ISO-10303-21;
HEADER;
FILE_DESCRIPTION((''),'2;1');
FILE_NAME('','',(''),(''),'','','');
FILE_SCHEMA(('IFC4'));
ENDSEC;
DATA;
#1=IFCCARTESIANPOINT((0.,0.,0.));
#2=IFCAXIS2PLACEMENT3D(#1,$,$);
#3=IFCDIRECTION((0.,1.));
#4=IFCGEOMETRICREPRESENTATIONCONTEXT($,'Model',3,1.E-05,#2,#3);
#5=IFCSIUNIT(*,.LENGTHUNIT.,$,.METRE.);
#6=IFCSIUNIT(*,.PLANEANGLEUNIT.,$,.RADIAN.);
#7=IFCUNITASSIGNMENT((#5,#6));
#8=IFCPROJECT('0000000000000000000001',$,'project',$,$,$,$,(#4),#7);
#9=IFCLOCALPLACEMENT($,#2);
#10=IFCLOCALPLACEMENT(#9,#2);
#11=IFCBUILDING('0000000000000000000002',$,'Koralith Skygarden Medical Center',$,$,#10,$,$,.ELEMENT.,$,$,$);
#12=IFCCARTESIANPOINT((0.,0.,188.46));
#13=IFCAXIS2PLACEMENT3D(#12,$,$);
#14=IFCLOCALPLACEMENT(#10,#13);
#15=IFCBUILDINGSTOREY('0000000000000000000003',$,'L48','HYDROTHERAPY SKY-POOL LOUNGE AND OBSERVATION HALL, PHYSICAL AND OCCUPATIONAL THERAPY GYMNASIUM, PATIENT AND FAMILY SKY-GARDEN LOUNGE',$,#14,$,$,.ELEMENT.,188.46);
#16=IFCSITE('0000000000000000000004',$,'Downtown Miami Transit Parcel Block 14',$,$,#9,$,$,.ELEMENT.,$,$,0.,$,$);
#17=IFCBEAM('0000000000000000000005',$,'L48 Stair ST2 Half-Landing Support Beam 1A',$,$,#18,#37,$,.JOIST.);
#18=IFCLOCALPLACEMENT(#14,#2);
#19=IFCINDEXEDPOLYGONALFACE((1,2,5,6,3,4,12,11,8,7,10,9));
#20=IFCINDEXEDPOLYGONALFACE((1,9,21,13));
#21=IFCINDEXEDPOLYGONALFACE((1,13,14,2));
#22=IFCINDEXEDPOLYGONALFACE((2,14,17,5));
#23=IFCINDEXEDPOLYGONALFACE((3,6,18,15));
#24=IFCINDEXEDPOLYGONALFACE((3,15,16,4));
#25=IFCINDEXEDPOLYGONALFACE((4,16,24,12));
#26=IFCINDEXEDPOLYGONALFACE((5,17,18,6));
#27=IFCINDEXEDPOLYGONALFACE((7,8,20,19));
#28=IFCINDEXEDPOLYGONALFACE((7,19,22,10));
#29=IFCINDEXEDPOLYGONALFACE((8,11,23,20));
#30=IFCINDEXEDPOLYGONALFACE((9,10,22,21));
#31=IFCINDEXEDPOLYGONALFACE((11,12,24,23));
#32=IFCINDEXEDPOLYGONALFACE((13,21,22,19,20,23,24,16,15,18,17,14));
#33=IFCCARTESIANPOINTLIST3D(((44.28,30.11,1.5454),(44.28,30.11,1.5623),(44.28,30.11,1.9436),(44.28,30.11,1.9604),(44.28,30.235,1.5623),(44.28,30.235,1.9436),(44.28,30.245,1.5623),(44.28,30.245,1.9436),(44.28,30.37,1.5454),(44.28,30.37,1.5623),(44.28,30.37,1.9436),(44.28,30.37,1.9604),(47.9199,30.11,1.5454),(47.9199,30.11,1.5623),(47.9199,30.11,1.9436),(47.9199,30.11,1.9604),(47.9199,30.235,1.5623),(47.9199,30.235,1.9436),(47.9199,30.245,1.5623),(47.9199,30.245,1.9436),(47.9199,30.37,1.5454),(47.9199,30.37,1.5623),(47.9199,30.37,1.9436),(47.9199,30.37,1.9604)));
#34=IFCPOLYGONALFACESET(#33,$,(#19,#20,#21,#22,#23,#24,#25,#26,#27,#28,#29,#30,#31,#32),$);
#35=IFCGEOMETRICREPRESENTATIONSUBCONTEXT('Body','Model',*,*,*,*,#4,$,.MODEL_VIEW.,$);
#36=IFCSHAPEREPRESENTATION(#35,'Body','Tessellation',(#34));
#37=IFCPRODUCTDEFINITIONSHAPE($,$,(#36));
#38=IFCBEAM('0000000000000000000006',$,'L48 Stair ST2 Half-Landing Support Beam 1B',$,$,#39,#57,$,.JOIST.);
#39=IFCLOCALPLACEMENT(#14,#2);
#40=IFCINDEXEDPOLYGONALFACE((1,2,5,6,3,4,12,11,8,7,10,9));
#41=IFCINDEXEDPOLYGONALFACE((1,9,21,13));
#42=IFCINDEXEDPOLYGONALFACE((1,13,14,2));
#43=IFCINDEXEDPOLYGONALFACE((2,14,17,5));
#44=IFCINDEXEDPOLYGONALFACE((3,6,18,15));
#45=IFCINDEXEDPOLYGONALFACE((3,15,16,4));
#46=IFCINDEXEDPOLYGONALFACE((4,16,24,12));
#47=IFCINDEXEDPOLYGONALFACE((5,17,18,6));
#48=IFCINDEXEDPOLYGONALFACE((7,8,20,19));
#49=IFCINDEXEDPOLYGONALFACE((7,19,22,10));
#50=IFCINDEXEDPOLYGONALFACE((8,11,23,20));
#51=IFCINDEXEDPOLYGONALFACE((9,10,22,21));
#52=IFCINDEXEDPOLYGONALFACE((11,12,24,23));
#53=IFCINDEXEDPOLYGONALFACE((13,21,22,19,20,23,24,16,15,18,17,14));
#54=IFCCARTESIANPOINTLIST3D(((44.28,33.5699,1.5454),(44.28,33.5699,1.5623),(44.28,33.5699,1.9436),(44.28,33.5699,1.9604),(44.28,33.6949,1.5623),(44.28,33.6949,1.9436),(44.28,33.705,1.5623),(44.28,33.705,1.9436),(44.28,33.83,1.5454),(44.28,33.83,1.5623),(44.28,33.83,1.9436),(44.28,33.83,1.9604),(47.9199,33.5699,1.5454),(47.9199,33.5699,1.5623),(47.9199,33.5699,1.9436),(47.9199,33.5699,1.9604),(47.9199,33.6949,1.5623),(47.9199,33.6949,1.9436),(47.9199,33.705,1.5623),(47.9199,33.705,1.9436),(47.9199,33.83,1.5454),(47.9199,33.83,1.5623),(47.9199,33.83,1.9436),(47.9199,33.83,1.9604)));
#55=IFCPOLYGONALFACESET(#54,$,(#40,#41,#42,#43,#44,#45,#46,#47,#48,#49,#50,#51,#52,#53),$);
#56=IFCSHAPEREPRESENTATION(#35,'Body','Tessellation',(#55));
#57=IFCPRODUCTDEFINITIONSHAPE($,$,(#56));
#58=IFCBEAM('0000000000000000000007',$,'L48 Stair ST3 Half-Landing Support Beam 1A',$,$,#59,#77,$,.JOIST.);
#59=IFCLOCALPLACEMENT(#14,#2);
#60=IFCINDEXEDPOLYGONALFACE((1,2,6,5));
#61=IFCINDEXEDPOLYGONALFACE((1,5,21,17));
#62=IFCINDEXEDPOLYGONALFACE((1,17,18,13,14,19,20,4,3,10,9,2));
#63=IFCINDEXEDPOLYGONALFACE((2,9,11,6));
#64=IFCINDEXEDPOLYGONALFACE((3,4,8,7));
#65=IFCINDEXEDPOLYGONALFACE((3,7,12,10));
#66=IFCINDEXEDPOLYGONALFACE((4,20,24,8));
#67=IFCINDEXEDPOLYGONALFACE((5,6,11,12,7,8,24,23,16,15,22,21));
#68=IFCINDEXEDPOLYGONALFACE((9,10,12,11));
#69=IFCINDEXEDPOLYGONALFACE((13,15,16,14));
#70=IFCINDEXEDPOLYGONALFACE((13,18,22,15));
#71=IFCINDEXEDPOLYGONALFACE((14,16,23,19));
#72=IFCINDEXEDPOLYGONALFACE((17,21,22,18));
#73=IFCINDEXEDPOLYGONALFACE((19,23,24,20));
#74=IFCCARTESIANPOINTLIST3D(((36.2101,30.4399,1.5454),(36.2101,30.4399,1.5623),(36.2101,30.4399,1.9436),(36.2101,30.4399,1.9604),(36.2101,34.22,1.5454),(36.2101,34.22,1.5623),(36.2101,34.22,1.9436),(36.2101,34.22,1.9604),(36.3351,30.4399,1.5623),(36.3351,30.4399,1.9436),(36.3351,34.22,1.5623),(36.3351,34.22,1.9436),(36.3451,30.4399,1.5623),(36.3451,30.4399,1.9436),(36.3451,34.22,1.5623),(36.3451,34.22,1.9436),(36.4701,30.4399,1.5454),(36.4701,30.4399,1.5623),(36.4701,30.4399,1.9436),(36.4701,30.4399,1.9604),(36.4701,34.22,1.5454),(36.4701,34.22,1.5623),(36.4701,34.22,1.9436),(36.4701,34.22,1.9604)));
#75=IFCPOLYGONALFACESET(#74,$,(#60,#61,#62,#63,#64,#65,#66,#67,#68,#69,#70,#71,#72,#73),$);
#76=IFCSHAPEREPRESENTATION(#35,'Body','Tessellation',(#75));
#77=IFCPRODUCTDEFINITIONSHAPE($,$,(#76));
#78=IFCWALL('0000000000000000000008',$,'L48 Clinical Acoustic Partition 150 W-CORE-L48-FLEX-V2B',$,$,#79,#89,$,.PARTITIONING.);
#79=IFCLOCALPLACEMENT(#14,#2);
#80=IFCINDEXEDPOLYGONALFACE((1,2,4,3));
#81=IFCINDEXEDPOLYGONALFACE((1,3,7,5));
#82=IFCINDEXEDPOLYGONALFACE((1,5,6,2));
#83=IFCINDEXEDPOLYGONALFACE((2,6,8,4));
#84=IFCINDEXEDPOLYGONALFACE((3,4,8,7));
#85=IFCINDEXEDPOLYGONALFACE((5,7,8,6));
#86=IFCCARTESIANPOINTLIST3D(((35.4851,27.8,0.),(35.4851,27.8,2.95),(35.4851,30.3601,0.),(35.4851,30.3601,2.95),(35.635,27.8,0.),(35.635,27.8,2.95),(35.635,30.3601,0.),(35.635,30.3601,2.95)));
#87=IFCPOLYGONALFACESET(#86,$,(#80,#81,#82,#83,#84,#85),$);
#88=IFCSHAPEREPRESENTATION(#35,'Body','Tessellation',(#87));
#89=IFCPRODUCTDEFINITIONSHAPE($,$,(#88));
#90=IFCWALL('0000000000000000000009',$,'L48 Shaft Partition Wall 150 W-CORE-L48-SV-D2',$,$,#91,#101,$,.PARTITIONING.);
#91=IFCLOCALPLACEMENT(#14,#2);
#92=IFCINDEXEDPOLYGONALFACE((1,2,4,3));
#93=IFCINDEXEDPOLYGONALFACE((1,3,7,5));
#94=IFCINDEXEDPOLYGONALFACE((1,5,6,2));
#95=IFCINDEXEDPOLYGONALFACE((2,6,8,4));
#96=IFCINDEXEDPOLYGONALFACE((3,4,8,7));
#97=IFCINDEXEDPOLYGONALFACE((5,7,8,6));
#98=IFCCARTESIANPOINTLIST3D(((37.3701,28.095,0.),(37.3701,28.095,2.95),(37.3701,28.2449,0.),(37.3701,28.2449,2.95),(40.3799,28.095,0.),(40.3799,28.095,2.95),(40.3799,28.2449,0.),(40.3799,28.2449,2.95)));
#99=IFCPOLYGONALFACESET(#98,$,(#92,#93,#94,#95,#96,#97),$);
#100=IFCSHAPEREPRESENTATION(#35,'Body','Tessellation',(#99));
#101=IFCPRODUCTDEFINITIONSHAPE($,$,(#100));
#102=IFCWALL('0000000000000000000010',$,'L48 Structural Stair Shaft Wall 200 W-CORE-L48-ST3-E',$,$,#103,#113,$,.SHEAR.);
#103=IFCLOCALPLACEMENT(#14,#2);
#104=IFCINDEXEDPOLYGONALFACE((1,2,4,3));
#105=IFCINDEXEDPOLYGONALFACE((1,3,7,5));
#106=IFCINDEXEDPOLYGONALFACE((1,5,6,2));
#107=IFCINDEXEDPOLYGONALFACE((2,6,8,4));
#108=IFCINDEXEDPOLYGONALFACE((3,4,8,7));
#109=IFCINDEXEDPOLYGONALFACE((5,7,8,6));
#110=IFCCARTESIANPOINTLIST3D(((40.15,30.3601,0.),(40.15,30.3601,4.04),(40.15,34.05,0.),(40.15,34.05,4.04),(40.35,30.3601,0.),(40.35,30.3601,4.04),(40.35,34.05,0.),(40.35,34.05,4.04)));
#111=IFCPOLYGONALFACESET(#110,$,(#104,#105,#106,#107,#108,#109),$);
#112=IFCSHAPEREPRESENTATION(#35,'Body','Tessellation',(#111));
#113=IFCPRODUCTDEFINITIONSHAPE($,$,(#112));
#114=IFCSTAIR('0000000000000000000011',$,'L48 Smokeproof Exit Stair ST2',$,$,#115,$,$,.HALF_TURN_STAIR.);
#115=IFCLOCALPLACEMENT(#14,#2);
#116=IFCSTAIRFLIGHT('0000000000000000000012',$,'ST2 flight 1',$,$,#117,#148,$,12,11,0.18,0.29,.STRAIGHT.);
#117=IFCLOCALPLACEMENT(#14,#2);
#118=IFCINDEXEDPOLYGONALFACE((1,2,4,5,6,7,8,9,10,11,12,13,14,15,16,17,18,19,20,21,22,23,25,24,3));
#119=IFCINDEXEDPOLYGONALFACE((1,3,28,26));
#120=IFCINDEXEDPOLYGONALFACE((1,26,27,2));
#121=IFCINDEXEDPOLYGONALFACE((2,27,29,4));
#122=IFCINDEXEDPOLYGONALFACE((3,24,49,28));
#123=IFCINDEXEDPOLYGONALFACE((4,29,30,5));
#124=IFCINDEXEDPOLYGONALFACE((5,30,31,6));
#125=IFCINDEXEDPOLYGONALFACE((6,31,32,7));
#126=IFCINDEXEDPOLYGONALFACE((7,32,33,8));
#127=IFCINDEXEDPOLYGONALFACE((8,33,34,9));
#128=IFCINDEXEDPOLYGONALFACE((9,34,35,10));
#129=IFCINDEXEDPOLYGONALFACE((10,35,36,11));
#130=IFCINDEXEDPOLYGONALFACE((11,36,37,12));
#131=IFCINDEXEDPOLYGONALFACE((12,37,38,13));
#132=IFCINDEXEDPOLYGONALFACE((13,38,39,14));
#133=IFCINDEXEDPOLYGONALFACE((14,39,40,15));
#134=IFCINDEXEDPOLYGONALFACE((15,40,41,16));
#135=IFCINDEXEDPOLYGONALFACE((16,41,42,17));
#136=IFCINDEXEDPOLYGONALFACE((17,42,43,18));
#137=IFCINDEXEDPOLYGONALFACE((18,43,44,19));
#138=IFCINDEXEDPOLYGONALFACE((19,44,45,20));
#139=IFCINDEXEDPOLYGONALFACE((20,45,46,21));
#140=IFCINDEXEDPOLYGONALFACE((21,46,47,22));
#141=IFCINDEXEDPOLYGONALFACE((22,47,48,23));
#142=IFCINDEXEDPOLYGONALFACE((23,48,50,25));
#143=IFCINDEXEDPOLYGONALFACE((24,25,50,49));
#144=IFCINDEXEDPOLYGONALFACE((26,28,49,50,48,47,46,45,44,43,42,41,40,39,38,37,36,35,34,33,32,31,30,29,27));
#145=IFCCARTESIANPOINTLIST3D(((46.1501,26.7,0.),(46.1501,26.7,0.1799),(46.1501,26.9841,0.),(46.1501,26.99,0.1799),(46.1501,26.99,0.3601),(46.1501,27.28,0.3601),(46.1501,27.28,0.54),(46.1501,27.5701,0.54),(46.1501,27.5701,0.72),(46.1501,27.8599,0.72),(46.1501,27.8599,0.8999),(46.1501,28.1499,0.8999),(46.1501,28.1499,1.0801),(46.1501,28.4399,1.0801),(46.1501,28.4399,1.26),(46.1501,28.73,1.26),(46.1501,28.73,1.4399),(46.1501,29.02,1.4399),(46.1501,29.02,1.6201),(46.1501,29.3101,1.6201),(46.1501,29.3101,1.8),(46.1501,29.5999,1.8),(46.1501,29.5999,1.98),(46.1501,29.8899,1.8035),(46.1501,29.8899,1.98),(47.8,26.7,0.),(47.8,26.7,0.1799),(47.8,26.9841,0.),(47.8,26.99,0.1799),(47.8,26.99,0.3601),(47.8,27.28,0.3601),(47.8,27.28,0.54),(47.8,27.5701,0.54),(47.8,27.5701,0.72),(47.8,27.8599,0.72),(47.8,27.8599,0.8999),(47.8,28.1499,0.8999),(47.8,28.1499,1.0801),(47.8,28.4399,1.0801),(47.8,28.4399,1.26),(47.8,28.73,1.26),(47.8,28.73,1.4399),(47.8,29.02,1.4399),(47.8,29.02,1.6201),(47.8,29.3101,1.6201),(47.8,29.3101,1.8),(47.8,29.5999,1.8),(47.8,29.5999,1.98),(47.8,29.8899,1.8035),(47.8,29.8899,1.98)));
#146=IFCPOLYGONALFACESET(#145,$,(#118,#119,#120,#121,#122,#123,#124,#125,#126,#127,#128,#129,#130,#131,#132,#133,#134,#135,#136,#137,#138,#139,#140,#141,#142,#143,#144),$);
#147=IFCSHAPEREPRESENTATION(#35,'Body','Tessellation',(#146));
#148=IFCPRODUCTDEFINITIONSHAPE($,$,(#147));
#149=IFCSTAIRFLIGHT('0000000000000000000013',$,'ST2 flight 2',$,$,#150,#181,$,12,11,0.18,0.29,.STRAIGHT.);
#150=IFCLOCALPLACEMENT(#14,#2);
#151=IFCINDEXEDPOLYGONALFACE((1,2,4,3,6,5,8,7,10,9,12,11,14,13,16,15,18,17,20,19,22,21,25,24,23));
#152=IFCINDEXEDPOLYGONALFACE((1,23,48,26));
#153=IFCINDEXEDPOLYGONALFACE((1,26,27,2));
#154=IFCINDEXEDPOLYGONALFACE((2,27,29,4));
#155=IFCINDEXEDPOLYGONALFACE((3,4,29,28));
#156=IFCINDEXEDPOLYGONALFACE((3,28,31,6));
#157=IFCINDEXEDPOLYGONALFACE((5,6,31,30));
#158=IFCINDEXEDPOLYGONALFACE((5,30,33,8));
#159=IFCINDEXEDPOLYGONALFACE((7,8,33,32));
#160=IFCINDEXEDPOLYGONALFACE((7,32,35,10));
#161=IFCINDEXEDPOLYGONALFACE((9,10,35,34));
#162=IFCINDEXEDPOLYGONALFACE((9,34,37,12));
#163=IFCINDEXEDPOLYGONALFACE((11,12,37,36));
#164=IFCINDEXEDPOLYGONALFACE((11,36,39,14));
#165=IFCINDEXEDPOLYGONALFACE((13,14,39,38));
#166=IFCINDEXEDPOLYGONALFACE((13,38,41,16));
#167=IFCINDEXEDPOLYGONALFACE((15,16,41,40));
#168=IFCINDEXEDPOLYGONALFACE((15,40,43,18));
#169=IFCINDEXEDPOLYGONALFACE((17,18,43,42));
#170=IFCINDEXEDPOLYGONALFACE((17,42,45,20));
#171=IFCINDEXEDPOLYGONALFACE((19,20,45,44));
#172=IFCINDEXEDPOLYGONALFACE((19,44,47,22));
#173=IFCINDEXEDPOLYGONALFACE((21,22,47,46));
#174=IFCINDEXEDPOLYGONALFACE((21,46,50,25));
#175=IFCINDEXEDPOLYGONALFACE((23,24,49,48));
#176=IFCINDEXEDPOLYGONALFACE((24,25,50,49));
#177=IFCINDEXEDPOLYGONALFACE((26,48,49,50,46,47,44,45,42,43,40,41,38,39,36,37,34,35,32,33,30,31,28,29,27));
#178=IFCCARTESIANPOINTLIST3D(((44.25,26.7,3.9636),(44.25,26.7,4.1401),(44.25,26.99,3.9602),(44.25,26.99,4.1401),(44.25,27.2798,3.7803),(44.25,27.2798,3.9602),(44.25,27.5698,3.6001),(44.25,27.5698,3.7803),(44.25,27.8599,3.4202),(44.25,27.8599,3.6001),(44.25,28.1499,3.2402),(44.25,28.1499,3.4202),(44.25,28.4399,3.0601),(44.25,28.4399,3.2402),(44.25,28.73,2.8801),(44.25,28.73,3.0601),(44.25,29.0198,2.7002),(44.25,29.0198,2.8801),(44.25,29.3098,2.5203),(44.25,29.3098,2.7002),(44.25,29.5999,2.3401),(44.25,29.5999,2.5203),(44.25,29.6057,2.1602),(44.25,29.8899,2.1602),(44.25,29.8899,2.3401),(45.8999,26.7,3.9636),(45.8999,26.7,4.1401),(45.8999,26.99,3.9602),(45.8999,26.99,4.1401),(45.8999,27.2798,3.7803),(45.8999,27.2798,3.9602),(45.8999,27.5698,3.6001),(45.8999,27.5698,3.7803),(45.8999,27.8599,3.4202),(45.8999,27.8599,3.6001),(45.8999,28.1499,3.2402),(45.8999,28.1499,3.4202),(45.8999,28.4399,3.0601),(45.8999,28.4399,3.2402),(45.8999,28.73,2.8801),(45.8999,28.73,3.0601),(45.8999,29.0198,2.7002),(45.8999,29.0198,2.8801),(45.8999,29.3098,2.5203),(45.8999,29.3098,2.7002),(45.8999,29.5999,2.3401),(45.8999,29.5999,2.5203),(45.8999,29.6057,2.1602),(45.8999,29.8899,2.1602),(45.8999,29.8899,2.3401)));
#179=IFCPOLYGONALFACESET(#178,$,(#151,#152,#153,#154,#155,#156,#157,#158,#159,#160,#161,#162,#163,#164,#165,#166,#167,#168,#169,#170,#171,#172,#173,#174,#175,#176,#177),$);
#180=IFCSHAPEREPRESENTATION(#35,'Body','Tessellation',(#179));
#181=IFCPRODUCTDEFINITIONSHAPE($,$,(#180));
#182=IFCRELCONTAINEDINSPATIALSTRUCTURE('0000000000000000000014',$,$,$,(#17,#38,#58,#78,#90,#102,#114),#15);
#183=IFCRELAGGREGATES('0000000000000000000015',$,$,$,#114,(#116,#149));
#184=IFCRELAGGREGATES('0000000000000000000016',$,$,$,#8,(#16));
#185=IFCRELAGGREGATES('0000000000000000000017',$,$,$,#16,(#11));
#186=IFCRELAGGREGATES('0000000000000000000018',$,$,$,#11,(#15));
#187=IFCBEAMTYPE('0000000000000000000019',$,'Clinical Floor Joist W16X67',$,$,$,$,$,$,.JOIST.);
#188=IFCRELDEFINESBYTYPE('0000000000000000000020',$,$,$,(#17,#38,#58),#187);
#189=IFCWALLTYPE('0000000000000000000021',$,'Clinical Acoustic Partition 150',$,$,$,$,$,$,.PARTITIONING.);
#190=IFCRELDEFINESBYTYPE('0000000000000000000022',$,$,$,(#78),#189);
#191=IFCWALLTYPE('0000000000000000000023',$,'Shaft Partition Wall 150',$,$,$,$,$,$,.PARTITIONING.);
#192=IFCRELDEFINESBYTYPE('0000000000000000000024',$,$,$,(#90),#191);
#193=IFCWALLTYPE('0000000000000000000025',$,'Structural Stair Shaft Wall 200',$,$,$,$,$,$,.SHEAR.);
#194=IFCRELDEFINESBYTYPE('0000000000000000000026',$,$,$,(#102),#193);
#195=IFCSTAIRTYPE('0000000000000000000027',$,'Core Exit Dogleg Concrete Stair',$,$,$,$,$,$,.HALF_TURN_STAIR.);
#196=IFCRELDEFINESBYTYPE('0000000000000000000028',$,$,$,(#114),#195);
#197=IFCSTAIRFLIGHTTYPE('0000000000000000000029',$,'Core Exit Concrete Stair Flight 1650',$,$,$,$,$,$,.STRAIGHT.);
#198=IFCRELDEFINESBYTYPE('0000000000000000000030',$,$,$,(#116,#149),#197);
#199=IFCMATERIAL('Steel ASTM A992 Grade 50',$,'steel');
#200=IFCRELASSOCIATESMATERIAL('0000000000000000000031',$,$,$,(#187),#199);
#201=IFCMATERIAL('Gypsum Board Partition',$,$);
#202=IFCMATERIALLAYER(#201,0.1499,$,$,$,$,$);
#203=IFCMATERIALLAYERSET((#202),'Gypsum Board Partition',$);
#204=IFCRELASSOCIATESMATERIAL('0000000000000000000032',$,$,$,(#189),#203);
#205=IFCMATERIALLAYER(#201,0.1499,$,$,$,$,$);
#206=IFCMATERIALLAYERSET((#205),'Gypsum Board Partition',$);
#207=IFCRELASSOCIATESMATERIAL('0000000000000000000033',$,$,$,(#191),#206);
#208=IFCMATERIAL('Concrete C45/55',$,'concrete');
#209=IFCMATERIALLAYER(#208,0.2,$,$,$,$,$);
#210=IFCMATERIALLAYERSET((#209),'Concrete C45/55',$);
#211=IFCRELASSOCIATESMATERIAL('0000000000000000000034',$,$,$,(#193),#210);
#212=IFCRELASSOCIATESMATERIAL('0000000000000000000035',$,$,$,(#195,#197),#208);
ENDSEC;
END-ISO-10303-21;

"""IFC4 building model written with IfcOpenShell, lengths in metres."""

from ifc_helpers import new_model, si_unit, direction, frame, frame_2d, origin, origin_2d, place, context, subcontext, project, spatial, polyline, rectangle, i_section, outline, extrude, material, layer, layer_set, material_profile, profile_set, type_object, element, aggregate, save


model = new_model("IFC4")

# Units and contexts
model_context = context("Model", 3, precision=1e-05, world=origin(), true_north=direction((0.0, 1.0)))
body_context = subcontext(model_context, "Body", "Model", "MODEL_VIEW")
ifc_project = project(units=[si_unit("LENGTHUNIT", "METRE"), si_unit("PLANEANGLEUNIT", "RADIAN")], contexts=[model_context])

# Site, building, storey
site_placement = place(None, origin())
site = spatial("IfcSite", under=ifc_project, at=site_placement, Name="Downtown Miami Transit Parcel Block 14", CompositionType="ELEMENT", RefElevation=0.0)
building_placement = place(site_placement, origin())
building = spatial("IfcBuilding", under=site, at=building_placement, Name="Koralith Skygarden Medical Center", CompositionType="ELEMENT")
storey_placement = place(building_placement, frame((0.0, 0.0, 188.46)))
storey = spatial("IfcBuildingStorey", under=building, at=storey_placement, Name="L48", Description="HYDROTHERAPY SKY-POOL LOUNGE AND OBSERVATION HALL, PHYSICAL AND OCCUPATIONAL THERAPY GYMNASIUM, PATIENT AND FAMILY SKY-GARDEN LOUNGE", CompositionType="ELEMENT", Elevation=188.46)

# Beams
ifc_material_1 = material(Name="Steel ASTM A992 Grade 50", Category="steel")
ifc_material_profile = material_profile(ifc_material_1, i_section(OverallWidth=0.26, OverallDepth=0.415, WebThickness=0.01, FlangeThickness=0.0168, at=origin_2d()), Name="W16X67")
ifc_profile_set = profile_set([ifc_material_profile], Name="Steel ASTM A992 Grade 50")
beam_type = type_object("IfcBeamType", Name="Clinical Floor Joist W16X67", PredefinedType="JOIST", material=ifc_profile_set)
for number, where, z_axis, x_axis, name in (
    (1, (44.28, 30.24, 1.7529), (1.0, 0.0, 0.0), (0.0, 1.0, 0.0), "L48 Stair ST2 Half-Landing Support Beam 1A"),
    (2, (44.28, 33.7, 1.7529), (1.0, 0.0, 0.0), (0.0, 1.0, 0.0), "L48 Stair ST2 Half-Landing Support Beam 1B"),
):
    element("IfcBeam", number, at=place(storey_placement, frame(where, z_axis=z_axis, x_axis=x_axis)), inside=storey, type_object=beam_type, Name=name, PredefinedType="JOIST", context=body_context, shape_type="SweptSolid", body=[
        extrude(i_section(OverallWidth=0.26, OverallDepth=0.415, WebThickness=0.01, FlangeThickness=0.0168, at=origin_2d()), origin(), (0.0, 0.0, 1.0), 3.6399),
    ])
beam_placement = place(storey_placement, frame((36.3401, 30.4399, 1.7529), z_axis=(0.0, 1.0, 0.0), x_axis=(-1.0, 0.0, 0.0)))
element("IfcBeam", 3, at=beam_placement, inside=storey, type_object=beam_type, Name="L48 Stair ST3 Half-Landing Support Beam 1A", PredefinedType="JOIST", context=body_context, shape_type="SweptSolid", body=[
    extrude(i_section(OverallWidth=0.26, OverallDepth=0.415, WebThickness=0.01, FlangeThickness=0.0168, at=origin_2d()), origin(), (0.0, 0.0, 1.0), 3.78),
])

# Walls
ifc_material_2 = material(Name="Gypsum Board Partition")
ifc_layer_1 = layer(ifc_material_2, 0.1499)
ifc_layer_set_1 = layer_set([ifc_layer_1], Name="Gypsum Board Partition")
wall_type_1 = type_object("IfcWallType", Name="Clinical Acoustic Partition 150", PredefinedType="PARTITIONING", material=ifc_layer_set_1)
wall_1_placement = place(storey_placement, frame((35.5601, 27.8, 0.0), z_axis=(0.0, 0.0, 1.0), x_axis=(0.0, 1.0, 0.0)))
element("IfcWall", 4, at=wall_1_placement, inside=storey, type_object=wall_type_1, Name="L48 Clinical Acoustic Partition 150 W-CORE-L48-FLEX-V2B", PredefinedType="PARTITIONING", context=body_context, shape_type="SweptSolid", body=[
    extrude(rectangle(XDim=2.5601, YDim=0.1499, at=frame_2d((1.28, 0.0))), origin(), (0.0, 0.0, 1.0), 2.95),
])
ifc_layer_2 = layer(ifc_material_2, 0.1499)
ifc_layer_set_2 = layer_set([ifc_layer_2], Name="Gypsum Board Partition")
wall_type_2 = type_object("IfcWallType", Name="Shaft Partition Wall 150", PredefinedType="PARTITIONING", material=ifc_layer_set_2)
wall_2_placement = place(storey_placement, frame((37.3701, 28.1699, 0.0), z_axis=(0.0, 0.0, 1.0), x_axis=(1.0, 0.0, 0.0)))
element("IfcWall", 5, at=wall_2_placement, inside=storey, type_object=wall_type_2, Name="L48 Shaft Partition Wall 150 W-CORE-L48-SV-D2", PredefinedType="PARTITIONING", context=body_context, shape_type="SweptSolid", body=[
    extrude(rectangle(XDim=3.0098, YDim=0.1499, at=frame_2d((1.5049, 0.0))), origin(), (0.0, 0.0, 1.0), 2.95),
])
ifc_material_3 = material(Name="Concrete C45/55", Category="concrete")
ifc_layer_3 = layer(ifc_material_3, 0.2)
ifc_layer_set_3 = layer_set([ifc_layer_3], Name="Concrete C45/55")
wall_type_3 = type_object("IfcWallType", Name="Structural Stair Shaft Wall 200", PredefinedType="SHEAR", material=ifc_layer_set_3)
wall_3_placement = place(storey_placement, frame((40.25, 30.3601, 0.0), z_axis=(0.0, 0.0, 1.0), x_axis=(0.0, 1.0, 0.0)))
element("IfcWall", 6, at=wall_3_placement, inside=storey, type_object=wall_type_3, Name="L48 Structural Stair Shaft Wall 200 W-CORE-L48-ST3-E", PredefinedType="SHEAR", context=body_context, shape_type="SweptSolid", body=[
    extrude(rectangle(XDim=3.6899, YDim=0.2, at=frame_2d((1.845, 0.0))), origin(), (0.0, 0.0, 1.0), 4.04),
])

# Stair, stair flights
stair_type = type_object("IfcStairType", Name="Core Exit Dogleg Concrete Stair", PredefinedType="HALF_TURN_STAIR", material=ifc_material_3)
stair_1_placement = place(storey_placement, origin())
stair_1 = element("IfcStair", 7, at=stair_1_placement, inside=storey, type_object=stair_type, Name="L48 Smokeproof Exit Stair ST2", PredefinedType="HALF_TURN_STAIR")
stair_flight_type = type_object("IfcStairFlightType", Name="Core Exit Concrete Stair Flight 1650", PredefinedType="STRAIGHT", material=ifc_material_3)
stair_flight_1_placement = place(storey_placement, frame((46.9751, 26.7, 0.0), z_axis=(0.0, 0.0, 1.0), x_axis=(0.0, 1.0, 0.0)))
stair_flight_1 = element("IfcStairFlight", 8, at=stair_flight_1_placement, type_object=stair_flight_type, Name="ST2 flight 1", NumberOfRisers=12, NumberOfTreads=11, PredefinedType="STRAIGHT", RiserHeight=0.18, TreadLength=0.29, context=body_context, shape_type="SweptSolid", body=[
    extrude(outline(polyline([(0.0, 0.0), (0.0, 0.1799), (0.29, 0.1799), (0.29, 0.3601), (0.5801, 0.3601), (0.5801, 0.54), (0.8701, 0.54), (0.8701, 0.72), (1.1599, 0.72), (1.1599, 0.8999), (1.45, 0.8999), (1.45, 1.0801), (1.74, 1.0801), (1.74, 1.26), (2.03, 1.26), (2.03, 1.4399), (2.3201, 1.4399), (2.3201, 1.6201), (2.6101, 1.6201), (2.6101, 1.8), (2.8999, 1.8), (2.8999, 1.98), (3.1899, 1.98), (3.1899, 2.1599), (3.1899, 1.8035), (0.2842, 0.0), (0.0, 0.0)])), frame((0.0, 0.825, 0.0), z_axis=(0.0, -1.0, 0.0), x_axis=(1.0, 0.0, 0.0)), (0.0, 0.0, 1.0), 1.6499),
])
stair_flight_2_placement = place(storey_placement, frame((45.075, 29.8899, 2.1602), z_axis=(0.0, 0.0, 1.0), x_axis=(0.0, -1.0, 0.0)))
stair_flight_2 = element("IfcStairFlight", 9, at=stair_flight_2_placement, type_object=stair_flight_type, Name="ST2 flight 2", NumberOfRisers=12, NumberOfTreads=11, PredefinedType="STRAIGHT", RiserHeight=0.18, TreadLength=0.29, context=body_context, shape_type="SweptSolid", body=[
    extrude(outline(polyline([(0.0, 0.0), (0.0, 0.1799), (0.29, 0.1799), (0.29, 0.3601), (0.5801, 0.3601), (0.5801, 0.54), (0.8701, 0.54), (0.8701, 0.72), (1.1599, 0.72), (1.1599, 0.8999), (1.45, 0.8999), (1.45, 1.0801), (1.74, 1.0801), (1.74, 1.26), (2.03, 1.26), (2.03, 1.4399), (2.3201, 1.4399), (2.3201, 1.6201), (2.6101, 1.6201), (2.6101, 1.8), (2.8999, 1.8), (2.8999, 1.98), (3.1899, 1.98), (3.1899, 2.1599), (3.1899, 1.8035), (0.2842, 0.0), (0.0, 0.0)])), frame((0.0, 0.825, 0.0), z_axis=(0.0, -1.0, 0.0), x_axis=(1.0, 0.0, 0.0)), (0.0, 0.0, 1.0), 1.6499),
])
aggregate(stair_1, [stair_flight_1, stair_flight_2])

save(model, "model.ifc")
